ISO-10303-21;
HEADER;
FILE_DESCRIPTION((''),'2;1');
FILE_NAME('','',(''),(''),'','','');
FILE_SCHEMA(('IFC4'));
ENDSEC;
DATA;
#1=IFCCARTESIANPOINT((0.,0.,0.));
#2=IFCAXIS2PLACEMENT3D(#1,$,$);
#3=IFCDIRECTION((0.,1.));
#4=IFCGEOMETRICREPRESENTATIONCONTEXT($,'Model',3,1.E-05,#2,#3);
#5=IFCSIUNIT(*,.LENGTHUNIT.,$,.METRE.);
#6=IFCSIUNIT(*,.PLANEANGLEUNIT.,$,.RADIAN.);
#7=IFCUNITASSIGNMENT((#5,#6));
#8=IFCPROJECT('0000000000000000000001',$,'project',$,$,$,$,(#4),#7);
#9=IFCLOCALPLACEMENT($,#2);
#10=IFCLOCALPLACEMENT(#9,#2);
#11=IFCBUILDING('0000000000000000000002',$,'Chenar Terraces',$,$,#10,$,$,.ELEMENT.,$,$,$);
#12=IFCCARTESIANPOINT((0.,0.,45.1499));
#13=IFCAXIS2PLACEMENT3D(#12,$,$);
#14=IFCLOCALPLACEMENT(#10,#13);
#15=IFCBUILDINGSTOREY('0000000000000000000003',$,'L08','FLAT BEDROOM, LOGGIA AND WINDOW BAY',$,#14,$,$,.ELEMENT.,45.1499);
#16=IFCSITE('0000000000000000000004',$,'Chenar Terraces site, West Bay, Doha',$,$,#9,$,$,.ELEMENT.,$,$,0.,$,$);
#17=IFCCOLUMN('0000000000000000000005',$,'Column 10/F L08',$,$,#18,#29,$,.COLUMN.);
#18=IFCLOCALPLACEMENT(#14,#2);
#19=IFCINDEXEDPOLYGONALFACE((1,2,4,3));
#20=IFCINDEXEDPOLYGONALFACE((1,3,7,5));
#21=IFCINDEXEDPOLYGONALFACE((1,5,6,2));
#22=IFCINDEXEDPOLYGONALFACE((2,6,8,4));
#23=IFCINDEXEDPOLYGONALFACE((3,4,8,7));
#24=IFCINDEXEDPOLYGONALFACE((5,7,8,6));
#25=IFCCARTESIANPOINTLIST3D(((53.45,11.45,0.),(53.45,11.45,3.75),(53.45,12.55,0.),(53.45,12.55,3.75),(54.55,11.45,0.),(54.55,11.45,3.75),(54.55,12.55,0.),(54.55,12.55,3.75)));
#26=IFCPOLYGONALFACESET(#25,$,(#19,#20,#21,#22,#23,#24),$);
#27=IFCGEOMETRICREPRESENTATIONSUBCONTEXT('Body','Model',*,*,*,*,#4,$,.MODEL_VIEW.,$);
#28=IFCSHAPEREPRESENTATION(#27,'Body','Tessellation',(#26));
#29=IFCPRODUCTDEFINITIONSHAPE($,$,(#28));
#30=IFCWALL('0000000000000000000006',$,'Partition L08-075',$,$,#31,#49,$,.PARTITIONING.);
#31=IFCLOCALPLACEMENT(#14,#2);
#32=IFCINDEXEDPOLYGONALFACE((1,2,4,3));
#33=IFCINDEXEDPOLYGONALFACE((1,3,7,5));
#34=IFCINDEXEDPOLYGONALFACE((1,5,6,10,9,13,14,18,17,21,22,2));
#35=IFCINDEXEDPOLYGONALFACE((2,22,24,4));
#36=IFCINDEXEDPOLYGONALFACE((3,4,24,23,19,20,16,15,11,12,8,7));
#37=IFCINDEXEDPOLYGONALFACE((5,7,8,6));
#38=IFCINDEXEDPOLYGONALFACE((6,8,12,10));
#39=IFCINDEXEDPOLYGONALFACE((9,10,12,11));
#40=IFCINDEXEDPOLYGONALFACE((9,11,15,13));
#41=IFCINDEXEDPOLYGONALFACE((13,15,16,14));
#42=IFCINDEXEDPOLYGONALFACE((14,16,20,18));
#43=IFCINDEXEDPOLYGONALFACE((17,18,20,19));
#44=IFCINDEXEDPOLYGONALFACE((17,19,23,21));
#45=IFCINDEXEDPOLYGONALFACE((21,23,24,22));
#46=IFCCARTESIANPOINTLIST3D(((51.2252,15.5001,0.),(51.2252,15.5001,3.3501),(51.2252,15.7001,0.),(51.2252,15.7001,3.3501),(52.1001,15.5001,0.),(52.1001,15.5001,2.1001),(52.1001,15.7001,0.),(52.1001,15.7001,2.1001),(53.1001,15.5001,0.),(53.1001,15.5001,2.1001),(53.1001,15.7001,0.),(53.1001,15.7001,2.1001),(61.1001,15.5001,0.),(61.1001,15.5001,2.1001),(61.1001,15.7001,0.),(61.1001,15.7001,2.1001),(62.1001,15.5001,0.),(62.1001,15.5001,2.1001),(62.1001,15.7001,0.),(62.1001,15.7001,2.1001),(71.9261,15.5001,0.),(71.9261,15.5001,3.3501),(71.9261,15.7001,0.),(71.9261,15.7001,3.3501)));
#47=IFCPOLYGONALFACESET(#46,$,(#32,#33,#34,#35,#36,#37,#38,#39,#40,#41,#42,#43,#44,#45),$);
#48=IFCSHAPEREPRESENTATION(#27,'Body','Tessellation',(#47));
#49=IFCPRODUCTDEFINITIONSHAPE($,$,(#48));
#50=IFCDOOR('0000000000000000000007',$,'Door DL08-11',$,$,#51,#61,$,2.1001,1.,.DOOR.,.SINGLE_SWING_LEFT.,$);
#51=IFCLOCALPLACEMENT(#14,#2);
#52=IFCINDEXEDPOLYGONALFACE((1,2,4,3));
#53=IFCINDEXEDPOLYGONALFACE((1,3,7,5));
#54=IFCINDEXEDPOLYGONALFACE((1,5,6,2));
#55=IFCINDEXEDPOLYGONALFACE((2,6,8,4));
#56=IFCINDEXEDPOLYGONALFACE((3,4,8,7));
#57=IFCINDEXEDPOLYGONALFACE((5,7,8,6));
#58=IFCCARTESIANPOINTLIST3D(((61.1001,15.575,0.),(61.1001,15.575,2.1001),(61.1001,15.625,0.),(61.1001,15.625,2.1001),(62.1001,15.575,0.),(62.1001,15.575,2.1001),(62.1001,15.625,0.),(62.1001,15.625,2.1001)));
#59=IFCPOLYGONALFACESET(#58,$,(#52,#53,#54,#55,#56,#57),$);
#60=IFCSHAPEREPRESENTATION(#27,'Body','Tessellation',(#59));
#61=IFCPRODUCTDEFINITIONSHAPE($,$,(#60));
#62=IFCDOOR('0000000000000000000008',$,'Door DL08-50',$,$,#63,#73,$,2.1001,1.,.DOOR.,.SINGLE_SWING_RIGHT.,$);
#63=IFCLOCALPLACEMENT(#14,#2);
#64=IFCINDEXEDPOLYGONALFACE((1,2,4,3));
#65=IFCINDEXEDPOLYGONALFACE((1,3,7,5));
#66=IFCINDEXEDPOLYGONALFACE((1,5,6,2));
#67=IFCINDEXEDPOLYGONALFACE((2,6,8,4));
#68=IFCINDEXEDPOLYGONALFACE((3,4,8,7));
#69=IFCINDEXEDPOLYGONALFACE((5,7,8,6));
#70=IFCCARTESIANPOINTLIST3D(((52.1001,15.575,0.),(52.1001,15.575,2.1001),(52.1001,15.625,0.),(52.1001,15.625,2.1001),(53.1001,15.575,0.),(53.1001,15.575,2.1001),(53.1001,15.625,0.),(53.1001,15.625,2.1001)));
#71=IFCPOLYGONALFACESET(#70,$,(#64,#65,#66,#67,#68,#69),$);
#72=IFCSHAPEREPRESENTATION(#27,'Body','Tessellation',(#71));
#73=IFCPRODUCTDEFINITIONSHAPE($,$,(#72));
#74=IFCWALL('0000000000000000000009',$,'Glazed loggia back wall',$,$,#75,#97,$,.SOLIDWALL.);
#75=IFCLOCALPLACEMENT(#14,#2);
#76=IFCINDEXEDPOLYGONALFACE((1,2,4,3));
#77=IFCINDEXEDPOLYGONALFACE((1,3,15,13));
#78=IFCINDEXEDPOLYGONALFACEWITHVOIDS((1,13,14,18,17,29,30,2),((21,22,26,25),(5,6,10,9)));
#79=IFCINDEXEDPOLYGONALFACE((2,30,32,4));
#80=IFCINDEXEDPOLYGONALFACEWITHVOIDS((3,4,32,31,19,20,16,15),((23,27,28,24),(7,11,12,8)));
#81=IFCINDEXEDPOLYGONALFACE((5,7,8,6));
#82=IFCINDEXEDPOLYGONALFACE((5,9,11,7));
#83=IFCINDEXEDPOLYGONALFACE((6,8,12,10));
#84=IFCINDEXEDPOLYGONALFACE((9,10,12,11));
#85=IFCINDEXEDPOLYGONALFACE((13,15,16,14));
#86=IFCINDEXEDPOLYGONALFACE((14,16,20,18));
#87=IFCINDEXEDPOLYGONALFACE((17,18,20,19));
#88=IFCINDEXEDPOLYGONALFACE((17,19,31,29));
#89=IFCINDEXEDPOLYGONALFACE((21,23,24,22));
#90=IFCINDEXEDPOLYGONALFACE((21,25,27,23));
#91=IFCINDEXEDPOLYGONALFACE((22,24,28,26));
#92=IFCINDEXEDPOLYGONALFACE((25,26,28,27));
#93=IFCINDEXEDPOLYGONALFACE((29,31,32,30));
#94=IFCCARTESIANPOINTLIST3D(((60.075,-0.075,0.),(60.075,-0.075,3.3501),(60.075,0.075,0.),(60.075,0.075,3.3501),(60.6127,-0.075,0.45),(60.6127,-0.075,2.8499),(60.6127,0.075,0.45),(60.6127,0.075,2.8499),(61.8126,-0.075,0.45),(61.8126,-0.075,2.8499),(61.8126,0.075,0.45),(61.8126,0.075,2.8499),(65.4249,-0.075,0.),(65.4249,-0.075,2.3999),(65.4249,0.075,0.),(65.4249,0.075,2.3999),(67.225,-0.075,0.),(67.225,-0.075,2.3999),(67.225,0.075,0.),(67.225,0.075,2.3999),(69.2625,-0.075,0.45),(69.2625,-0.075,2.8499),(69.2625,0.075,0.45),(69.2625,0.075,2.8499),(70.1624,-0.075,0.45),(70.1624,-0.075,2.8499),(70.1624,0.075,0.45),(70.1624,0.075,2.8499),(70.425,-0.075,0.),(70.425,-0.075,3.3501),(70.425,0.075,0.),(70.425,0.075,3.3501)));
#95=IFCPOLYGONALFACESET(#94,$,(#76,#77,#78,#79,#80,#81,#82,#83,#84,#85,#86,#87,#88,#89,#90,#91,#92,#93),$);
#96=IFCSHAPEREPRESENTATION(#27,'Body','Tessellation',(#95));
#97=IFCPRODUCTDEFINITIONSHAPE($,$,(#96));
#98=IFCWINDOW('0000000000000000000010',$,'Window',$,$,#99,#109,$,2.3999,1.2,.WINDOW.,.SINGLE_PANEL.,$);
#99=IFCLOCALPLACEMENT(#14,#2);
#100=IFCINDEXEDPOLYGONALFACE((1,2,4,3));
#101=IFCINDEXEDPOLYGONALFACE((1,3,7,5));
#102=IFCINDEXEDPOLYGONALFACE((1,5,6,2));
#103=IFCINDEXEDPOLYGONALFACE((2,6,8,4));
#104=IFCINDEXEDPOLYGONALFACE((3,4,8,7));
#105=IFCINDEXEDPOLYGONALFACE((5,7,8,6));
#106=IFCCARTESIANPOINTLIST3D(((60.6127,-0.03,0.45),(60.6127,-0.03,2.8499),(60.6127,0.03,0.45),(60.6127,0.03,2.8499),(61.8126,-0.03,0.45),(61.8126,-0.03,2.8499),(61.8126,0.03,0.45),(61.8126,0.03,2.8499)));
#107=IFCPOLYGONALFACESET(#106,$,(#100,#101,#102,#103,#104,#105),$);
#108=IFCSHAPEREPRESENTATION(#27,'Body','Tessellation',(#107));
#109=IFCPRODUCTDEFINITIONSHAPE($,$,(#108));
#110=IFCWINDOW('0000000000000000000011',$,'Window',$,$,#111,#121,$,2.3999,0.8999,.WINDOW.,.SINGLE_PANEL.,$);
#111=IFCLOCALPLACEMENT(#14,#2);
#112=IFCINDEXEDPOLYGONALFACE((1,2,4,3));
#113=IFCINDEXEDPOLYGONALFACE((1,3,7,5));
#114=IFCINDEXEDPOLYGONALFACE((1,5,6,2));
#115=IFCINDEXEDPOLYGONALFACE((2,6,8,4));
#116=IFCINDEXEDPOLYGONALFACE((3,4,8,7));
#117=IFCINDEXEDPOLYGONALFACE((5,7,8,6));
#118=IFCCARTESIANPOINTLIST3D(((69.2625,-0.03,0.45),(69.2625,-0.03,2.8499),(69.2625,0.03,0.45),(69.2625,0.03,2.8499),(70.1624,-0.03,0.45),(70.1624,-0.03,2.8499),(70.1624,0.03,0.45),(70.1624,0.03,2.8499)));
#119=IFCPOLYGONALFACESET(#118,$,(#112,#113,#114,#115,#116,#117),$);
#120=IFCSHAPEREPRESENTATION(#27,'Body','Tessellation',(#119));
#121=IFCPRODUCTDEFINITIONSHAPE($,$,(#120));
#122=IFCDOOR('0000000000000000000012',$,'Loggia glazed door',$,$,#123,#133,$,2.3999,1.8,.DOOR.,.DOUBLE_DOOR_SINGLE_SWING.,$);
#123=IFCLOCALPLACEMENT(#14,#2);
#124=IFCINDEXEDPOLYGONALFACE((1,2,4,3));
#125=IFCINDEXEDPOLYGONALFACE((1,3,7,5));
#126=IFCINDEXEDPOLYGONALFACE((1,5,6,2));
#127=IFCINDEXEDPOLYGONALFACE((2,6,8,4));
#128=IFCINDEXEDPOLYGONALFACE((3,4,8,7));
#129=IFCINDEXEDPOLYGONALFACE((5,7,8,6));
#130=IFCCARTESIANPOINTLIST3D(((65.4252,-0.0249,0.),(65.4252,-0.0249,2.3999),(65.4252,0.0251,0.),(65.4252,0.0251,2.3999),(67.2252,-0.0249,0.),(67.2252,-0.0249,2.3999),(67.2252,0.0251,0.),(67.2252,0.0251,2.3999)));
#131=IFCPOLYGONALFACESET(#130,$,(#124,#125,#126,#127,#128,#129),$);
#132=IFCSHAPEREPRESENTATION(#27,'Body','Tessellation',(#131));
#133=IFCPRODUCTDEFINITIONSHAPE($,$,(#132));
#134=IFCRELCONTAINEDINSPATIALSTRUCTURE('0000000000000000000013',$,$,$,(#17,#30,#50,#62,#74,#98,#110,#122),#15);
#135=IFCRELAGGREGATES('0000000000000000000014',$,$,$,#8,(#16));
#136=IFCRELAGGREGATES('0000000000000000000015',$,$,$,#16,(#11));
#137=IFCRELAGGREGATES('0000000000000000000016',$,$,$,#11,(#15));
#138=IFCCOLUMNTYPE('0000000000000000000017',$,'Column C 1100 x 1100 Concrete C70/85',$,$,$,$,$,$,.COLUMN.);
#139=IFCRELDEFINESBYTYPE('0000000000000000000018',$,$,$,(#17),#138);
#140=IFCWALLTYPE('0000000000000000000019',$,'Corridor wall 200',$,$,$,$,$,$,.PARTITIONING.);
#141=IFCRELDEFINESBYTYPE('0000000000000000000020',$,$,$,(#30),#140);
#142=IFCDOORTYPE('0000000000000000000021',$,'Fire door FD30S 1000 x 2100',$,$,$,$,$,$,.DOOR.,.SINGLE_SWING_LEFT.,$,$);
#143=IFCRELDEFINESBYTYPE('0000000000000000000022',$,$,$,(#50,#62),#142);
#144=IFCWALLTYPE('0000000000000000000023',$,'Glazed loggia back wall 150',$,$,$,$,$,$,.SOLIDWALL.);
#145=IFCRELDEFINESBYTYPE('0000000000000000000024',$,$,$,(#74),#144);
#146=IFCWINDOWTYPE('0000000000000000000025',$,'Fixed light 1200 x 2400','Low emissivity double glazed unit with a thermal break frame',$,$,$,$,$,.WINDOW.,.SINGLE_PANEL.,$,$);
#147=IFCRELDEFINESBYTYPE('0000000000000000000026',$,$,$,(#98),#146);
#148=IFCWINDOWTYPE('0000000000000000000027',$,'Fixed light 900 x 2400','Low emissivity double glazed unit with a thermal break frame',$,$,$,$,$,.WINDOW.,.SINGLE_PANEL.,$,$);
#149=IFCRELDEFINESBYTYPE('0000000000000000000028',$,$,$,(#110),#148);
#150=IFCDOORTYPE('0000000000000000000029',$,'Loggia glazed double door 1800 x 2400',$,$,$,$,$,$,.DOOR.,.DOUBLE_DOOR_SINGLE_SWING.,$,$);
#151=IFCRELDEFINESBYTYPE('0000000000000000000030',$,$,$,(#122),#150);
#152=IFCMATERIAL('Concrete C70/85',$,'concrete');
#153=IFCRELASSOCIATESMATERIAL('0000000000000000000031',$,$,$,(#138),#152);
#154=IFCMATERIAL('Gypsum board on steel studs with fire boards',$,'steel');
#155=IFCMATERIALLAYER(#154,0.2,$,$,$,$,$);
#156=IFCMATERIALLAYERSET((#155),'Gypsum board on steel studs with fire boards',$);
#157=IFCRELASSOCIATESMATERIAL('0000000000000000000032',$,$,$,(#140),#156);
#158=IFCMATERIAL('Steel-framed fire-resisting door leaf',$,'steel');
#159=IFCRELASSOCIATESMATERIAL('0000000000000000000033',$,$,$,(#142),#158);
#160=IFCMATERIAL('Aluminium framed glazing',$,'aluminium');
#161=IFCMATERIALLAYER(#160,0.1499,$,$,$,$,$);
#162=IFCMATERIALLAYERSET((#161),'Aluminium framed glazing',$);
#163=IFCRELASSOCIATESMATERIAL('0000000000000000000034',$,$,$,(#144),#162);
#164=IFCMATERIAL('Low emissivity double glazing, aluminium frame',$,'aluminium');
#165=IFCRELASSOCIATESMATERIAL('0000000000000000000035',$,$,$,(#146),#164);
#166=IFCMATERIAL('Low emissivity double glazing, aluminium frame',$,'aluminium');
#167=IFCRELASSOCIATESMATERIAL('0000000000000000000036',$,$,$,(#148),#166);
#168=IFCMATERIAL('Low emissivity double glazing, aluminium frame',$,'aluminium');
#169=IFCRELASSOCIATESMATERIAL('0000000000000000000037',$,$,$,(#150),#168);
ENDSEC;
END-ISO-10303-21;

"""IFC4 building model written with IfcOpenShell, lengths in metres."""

from ifc_helpers import new_model, si_unit, direction, frame, frame_2d, origin, origin_2d, place, context, subcontext, project, spatial, rectangle, extrude, material, layer, layer_set, material_profile, profile_set, type_object, element, fill, save


model = new_model("IFC4")

# Units and contexts
model_context = context("Model", 3, precision=1e-05, world=origin(), true_north=direction((0.0, 1.0)))
body_context = subcontext(model_context, "Body", "Model", "MODEL_VIEW")
ifc_project = project(units=[si_unit("LENGTHUNIT", "METRE"), si_unit("PLANEANGLEUNIT", "RADIAN")], contexts=[model_context])

# Site, building, storey
site_placement = place(None, origin())
site = spatial("IfcSite", under=ifc_project, at=site_placement, Name="Chenar Terraces site, West Bay, Doha", CompositionType="ELEMENT", RefElevation=0.0)
building_placement = place(site_placement, origin())
building = spatial("IfcBuilding", under=site, at=building_placement, Name="Chenar Terraces", CompositionType="ELEMENT")
storey_placement = place(building_placement, frame((0.0, 0.0, 45.1499)))
storey = spatial("IfcBuildingStorey", under=building, at=storey_placement, Name="L08", Description="FLAT BEDROOM, LOGGIA AND WINDOW BAY", CompositionType="ELEMENT", Elevation=45.1499)

# Column
ifc_material_1 = material(Name="Concrete C70/85", Category="concrete")
ifc_material_profile = material_profile(ifc_material_1, rectangle(XDim=1.1001, YDim=1.1001, at=origin_2d()), Name="C 1100 x 1100")
ifc_profile_set = profile_set([ifc_material_profile], Name="Concrete C70/85")
column_type = type_object("IfcColumnType", Name="Column C 1100 x 1100 Concrete C70/85", PredefinedType="COLUMN", material=ifc_profile_set)
column_placement = place(storey_placement, frame((54.0, 12.0, 0.0), z_axis=(0.0, 0.0, 1.0), x_axis=(1.0, 0.0, 0.0)))
element("IfcColumn", 1, at=column_placement, inside=storey, type_object=column_type, Name="Column 10/F L08", PredefinedType="COLUMN", context=body_context, shape_type="SweptSolid", body=[
    extrude(rectangle(XDim=1.1001, YDim=1.1001, at=origin_2d()), origin(), (0.0, 0.0, 1.0), 3.75),
])

# Wall, openings, doors
ifc_material_2 = material(Name="Gypsum board on steel studs with fire boards", Category="steel")
ifc_layer_1 = layer(ifc_material_2, 0.2)
ifc_layer_set_1 = layer_set([ifc_layer_1], Name="Gypsum board on steel studs with fire boards")
wall_type_1 = type_object("IfcWallType", Name="Corridor wall 200", PredefinedType="PARTITIONING", material=ifc_layer_set_1)
wall_1_placement = place(storey_placement, frame((51.2251, 15.6001, 0.0), z_axis=(0.0, 0.0, 1.0), x_axis=(1.0, 0.0, 0.0)))
wall_1 = element("IfcWall", 2, at=wall_1_placement, inside=storey, type_object=wall_type_1, Name="Partition L08-075", PredefinedType="PARTITIONING", context=body_context, shape_type="SweptSolid", body=[
    extrude(rectangle(XDim=20.7009, YDim=0.2, at=frame_2d((10.3506, 0.0))), origin(), (0.0, 0.0, 1.0), 3.3501),
])
opening_1_placement = place(wall_1_placement, frame((9.875, 0.0, 0.0)))
opening_1 = element("IfcOpeningElement", 3, at=opening_1_placement, cuts=wall_1, PredefinedType="OPENING", context=body_context, shape_type="SweptSolid", body=[
    extrude(rectangle(XDim=1.0, YDim=2.1001, at=frame_2d((0.5, 1.05))), frame((0.0, 0.1099, 0.0), z_axis=(0.0, -1.0, 0.0), x_axis=(1.0, 0.0, 0.0)), (0.0, 0.0, 1.0), 0.22),
])
opening_2_placement = place(wall_1_placement, frame((0.875, 0.0, 0.0)))
opening_2 = element("IfcOpeningElement", 4, at=opening_2_placement, cuts=wall_1, PredefinedType="OPENING", context=body_context, shape_type="SweptSolid", body=[
    extrude(rectangle(XDim=1.0, YDim=2.1001, at=frame_2d((0.5, 1.05))), frame((0.0, 0.1099, 0.0), z_axis=(0.0, -1.0, 0.0), x_axis=(1.0, 0.0, 0.0)), (0.0, 0.0, 1.0), 0.22),
])
ifc_material_3 = material(Name="Steel-framed fire-resisting door leaf", Category="steel")
door_type_1 = type_object("IfcDoorType", Name="Fire door FD30S 1000 x 2100", OperationType="SINGLE_SWING_LEFT", PredefinedType="DOOR", material=ifc_material_3)
door_1_placement = place(opening_1_placement, origin())
door_1 = element("IfcDoor", 5, at=door_1_placement, inside=storey, type_object=door_type_1, Name="Door DL08-11", OperationType="SINGLE_SWING_LEFT", OverallHeight=2.1001, OverallWidth=1.0, PredefinedType="DOOR", context=body_context, shape_type="SweptSolid", body=[
    extrude(rectangle(XDim=1.0, YDim=2.1001, at=frame_2d((0.5, 1.05))), frame((0.0, 0.0249, 0.0), z_axis=(0.0, -1.0, 0.0), x_axis=(1.0, 0.0, 0.0)), (0.0, 0.0, 1.0), 0.05),
])
fill(opening_1, door_1)
door_2_placement = place(opening_2_placement, origin())
door_2 = element("IfcDoor", 6, at=door_2_placement, inside=storey, type_object=door_type_1, Name="Door DL08-50", OperationType="SINGLE_SWING_RIGHT", OverallHeight=2.1001, OverallWidth=1.0, PredefinedType="DOOR", context=body_context, shape_type="SweptSolid", body=[
    extrude(rectangle(XDim=1.0, YDim=2.1001, at=frame_2d((0.5, 1.05))), frame((0.0, 0.0249, 0.0), z_axis=(0.0, -1.0, 0.0), x_axis=(1.0, 0.0, 0.0)), (0.0, 0.0, 1.0), 0.05),
])
fill(opening_2, door_2)

# Wall, openings, windows, door
ifc_material_4 = material(Name="Aluminium framed glazing", Category="aluminium")
ifc_layer_2 = layer(ifc_material_4, 0.1499)
ifc_layer_set_2 = layer_set([ifc_layer_2], Name="Aluminium framed glazing")
wall_type_2 = type_object("IfcWallType", Name="Glazed loggia back wall 150", PredefinedType="SOLIDWALL", material=ifc_layer_set_2)
wall_2_placement = place(storey_placement, frame((60.075, 0.0, 0.0), z_axis=(0.0, 0.0, 1.0), x_axis=(1.0, 0.0, 0.0)))
wall_2 = element("IfcWall", 7, at=wall_2_placement, inside=storey, type_object=wall_type_2, Name="Glazed loggia back wall", PredefinedType="SOLIDWALL", context=body_context, shape_type="SweptSolid", body=[
    extrude(rectangle(XDim=10.3501, YDim=0.1499, at=frame_2d((5.175, 0.0))), origin(), (0.0, 0.0, 1.0), 3.3501),
])
opening_3_placement = place(wall_2_placement, frame((0.5376, 0.0, 0.45)))
opening_3 = element("IfcOpeningElement", 8, at=opening_3_placement, cuts=wall_2, PredefinedType="OPENING", context=body_context, shape_type="SweptSolid", body=[
    extrude(rectangle(XDim=1.2, YDim=2.3999, at=frame_2d((0.6001, 1.2))), frame((0.0, 0.085, 0.0), z_axis=(0.0, -1.0, 0.0), x_axis=(1.0, 0.0, 0.0)), (0.0, 0.0, 1.0), 0.1699),
])
opening_4_placement = place(wall_2_placement, frame((5.3501, 0.0, 0.0)))
opening_4 = element("IfcOpeningElement", 9, at=opening_4_placement, cuts=wall_2, PredefinedType="OPENING", context=body_context, shape_type="SweptSolid", body=[
    extrude(rectangle(XDim=1.8, YDim=2.3999, at=frame_2d((0.8999, 1.2))), frame((0.0, 0.085, 0.0), z_axis=(0.0, -1.0, 0.0), x_axis=(1.0, 0.0, 0.0)), (0.0, 0.0, 1.0), 0.1699),
])
opening_5_placement = place(wall_2_placement, frame((9.1875, 0.0, 0.45)))
opening_5 = element("IfcOpeningElement", 10, at=opening_5_placement, cuts=wall_2, PredefinedType="OPENING", context=body_context, shape_type="SweptSolid", body=[
    extrude(rectangle(XDim=0.8999, YDim=2.3999, at=frame_2d((0.45, 1.2))), frame((0.0, 0.085, 0.0), z_axis=(0.0, -1.0, 0.0), x_axis=(1.0, 0.0, 0.0)), (0.0, 0.0, 1.0), 0.1699),
])
ifc_material_5 = material(Name="Low emissivity double glazing, aluminium frame", Category="aluminium")
window_type_1 = type_object("IfcWindowType", Name="Fixed light 1200 x 2400", Description="Low emissivity double glazed unit with a thermal break frame", PartitioningType="SINGLE_PANEL", PredefinedType="WINDOW", material=ifc_material_5)
window_1_placement = place(opening_3_placement, origin())
window_1 = element("IfcWindow", 11, at=window_1_placement, inside=storey, type_object=window_type_1, Name="Window", OverallHeight=2.3999, OverallWidth=1.2, PartitioningType="SINGLE_PANEL", PredefinedType="WINDOW", context=body_context, shape_type="SweptSolid", body=[
    extrude(rectangle(XDim=1.2, YDim=2.3999, at=frame_2d((0.6001, 1.2))), frame((0.0, 0.03, 0.0), z_axis=(0.0, -1.0, 0.0), x_axis=(1.0, 0.0, 0.0)), (0.0, 0.0, 1.0), 0.0601),
])
fill(opening_3, window_1)
ifc_material_6 = material(Name="Low emissivity double glazing, aluminium frame", Category="aluminium")
window_type_2 = type_object("IfcWindowType", Name="Fixed light 900 x 2400", Description="Low emissivity double glazed unit with a thermal break frame", PartitioningType="SINGLE_PANEL", PredefinedType="WINDOW", material=ifc_material_6)
window_2_placement = place(opening_5_placement, origin())
window_2 = element("IfcWindow", 12, at=window_2_placement, inside=storey, type_object=window_type_2, Name="Window", OverallHeight=2.3999, OverallWidth=0.8999, PartitioningType="SINGLE_PANEL", PredefinedType="WINDOW", context=body_context, shape_type="SweptSolid", body=[
    extrude(rectangle(XDim=0.8999, YDim=2.3999, at=frame_2d((0.45, 1.2))), frame((0.0, 0.03, 0.0), z_axis=(0.0, -1.0, 0.0), x_axis=(1.0, 0.0, 0.0)), (0.0, 0.0, 1.0), 0.0601),
])
fill(opening_5, window_2)
ifc_material_7 = material(Name="Low emissivity double glazing, aluminium frame", Category="aluminium")
door_type_2 = type_object("IfcDoorType", Name="Loggia glazed double door 1800 x 2400", OperationType="DOUBLE_DOOR_SINGLE_SWING", PredefinedType="DOOR", material=ifc_material_7)
door_3_placement = place(opening_4_placement, frame((1.8, 0.0, 0.0), z_axis=(0.0, 0.0, 1.0), x_axis=(-1.0, 0.0, 0.0)))
door_3 = element("IfcDoor", 13, at=door_3_placement, inside=storey, type_object=door_type_2, Name="Loggia glazed door", OperationType="DOUBLE_DOOR_SINGLE_SWING", OverallHeight=2.3999, OverallWidth=1.8, PredefinedType="DOOR", context=body_context, shape_type="SweptSolid", body=[
    extrude(rectangle(XDim=1.8, YDim=2.3999, at=frame_2d((0.8999, 1.2))), frame((0.0, 0.0249, 0.0), z_axis=(0.0, -1.0, 0.0), x_axis=(1.0, 0.0, 0.0)), (0.0, 0.0, 1.0), 0.05),
])
fill(opening_4, door_3)

save(model, "model.ifc")
